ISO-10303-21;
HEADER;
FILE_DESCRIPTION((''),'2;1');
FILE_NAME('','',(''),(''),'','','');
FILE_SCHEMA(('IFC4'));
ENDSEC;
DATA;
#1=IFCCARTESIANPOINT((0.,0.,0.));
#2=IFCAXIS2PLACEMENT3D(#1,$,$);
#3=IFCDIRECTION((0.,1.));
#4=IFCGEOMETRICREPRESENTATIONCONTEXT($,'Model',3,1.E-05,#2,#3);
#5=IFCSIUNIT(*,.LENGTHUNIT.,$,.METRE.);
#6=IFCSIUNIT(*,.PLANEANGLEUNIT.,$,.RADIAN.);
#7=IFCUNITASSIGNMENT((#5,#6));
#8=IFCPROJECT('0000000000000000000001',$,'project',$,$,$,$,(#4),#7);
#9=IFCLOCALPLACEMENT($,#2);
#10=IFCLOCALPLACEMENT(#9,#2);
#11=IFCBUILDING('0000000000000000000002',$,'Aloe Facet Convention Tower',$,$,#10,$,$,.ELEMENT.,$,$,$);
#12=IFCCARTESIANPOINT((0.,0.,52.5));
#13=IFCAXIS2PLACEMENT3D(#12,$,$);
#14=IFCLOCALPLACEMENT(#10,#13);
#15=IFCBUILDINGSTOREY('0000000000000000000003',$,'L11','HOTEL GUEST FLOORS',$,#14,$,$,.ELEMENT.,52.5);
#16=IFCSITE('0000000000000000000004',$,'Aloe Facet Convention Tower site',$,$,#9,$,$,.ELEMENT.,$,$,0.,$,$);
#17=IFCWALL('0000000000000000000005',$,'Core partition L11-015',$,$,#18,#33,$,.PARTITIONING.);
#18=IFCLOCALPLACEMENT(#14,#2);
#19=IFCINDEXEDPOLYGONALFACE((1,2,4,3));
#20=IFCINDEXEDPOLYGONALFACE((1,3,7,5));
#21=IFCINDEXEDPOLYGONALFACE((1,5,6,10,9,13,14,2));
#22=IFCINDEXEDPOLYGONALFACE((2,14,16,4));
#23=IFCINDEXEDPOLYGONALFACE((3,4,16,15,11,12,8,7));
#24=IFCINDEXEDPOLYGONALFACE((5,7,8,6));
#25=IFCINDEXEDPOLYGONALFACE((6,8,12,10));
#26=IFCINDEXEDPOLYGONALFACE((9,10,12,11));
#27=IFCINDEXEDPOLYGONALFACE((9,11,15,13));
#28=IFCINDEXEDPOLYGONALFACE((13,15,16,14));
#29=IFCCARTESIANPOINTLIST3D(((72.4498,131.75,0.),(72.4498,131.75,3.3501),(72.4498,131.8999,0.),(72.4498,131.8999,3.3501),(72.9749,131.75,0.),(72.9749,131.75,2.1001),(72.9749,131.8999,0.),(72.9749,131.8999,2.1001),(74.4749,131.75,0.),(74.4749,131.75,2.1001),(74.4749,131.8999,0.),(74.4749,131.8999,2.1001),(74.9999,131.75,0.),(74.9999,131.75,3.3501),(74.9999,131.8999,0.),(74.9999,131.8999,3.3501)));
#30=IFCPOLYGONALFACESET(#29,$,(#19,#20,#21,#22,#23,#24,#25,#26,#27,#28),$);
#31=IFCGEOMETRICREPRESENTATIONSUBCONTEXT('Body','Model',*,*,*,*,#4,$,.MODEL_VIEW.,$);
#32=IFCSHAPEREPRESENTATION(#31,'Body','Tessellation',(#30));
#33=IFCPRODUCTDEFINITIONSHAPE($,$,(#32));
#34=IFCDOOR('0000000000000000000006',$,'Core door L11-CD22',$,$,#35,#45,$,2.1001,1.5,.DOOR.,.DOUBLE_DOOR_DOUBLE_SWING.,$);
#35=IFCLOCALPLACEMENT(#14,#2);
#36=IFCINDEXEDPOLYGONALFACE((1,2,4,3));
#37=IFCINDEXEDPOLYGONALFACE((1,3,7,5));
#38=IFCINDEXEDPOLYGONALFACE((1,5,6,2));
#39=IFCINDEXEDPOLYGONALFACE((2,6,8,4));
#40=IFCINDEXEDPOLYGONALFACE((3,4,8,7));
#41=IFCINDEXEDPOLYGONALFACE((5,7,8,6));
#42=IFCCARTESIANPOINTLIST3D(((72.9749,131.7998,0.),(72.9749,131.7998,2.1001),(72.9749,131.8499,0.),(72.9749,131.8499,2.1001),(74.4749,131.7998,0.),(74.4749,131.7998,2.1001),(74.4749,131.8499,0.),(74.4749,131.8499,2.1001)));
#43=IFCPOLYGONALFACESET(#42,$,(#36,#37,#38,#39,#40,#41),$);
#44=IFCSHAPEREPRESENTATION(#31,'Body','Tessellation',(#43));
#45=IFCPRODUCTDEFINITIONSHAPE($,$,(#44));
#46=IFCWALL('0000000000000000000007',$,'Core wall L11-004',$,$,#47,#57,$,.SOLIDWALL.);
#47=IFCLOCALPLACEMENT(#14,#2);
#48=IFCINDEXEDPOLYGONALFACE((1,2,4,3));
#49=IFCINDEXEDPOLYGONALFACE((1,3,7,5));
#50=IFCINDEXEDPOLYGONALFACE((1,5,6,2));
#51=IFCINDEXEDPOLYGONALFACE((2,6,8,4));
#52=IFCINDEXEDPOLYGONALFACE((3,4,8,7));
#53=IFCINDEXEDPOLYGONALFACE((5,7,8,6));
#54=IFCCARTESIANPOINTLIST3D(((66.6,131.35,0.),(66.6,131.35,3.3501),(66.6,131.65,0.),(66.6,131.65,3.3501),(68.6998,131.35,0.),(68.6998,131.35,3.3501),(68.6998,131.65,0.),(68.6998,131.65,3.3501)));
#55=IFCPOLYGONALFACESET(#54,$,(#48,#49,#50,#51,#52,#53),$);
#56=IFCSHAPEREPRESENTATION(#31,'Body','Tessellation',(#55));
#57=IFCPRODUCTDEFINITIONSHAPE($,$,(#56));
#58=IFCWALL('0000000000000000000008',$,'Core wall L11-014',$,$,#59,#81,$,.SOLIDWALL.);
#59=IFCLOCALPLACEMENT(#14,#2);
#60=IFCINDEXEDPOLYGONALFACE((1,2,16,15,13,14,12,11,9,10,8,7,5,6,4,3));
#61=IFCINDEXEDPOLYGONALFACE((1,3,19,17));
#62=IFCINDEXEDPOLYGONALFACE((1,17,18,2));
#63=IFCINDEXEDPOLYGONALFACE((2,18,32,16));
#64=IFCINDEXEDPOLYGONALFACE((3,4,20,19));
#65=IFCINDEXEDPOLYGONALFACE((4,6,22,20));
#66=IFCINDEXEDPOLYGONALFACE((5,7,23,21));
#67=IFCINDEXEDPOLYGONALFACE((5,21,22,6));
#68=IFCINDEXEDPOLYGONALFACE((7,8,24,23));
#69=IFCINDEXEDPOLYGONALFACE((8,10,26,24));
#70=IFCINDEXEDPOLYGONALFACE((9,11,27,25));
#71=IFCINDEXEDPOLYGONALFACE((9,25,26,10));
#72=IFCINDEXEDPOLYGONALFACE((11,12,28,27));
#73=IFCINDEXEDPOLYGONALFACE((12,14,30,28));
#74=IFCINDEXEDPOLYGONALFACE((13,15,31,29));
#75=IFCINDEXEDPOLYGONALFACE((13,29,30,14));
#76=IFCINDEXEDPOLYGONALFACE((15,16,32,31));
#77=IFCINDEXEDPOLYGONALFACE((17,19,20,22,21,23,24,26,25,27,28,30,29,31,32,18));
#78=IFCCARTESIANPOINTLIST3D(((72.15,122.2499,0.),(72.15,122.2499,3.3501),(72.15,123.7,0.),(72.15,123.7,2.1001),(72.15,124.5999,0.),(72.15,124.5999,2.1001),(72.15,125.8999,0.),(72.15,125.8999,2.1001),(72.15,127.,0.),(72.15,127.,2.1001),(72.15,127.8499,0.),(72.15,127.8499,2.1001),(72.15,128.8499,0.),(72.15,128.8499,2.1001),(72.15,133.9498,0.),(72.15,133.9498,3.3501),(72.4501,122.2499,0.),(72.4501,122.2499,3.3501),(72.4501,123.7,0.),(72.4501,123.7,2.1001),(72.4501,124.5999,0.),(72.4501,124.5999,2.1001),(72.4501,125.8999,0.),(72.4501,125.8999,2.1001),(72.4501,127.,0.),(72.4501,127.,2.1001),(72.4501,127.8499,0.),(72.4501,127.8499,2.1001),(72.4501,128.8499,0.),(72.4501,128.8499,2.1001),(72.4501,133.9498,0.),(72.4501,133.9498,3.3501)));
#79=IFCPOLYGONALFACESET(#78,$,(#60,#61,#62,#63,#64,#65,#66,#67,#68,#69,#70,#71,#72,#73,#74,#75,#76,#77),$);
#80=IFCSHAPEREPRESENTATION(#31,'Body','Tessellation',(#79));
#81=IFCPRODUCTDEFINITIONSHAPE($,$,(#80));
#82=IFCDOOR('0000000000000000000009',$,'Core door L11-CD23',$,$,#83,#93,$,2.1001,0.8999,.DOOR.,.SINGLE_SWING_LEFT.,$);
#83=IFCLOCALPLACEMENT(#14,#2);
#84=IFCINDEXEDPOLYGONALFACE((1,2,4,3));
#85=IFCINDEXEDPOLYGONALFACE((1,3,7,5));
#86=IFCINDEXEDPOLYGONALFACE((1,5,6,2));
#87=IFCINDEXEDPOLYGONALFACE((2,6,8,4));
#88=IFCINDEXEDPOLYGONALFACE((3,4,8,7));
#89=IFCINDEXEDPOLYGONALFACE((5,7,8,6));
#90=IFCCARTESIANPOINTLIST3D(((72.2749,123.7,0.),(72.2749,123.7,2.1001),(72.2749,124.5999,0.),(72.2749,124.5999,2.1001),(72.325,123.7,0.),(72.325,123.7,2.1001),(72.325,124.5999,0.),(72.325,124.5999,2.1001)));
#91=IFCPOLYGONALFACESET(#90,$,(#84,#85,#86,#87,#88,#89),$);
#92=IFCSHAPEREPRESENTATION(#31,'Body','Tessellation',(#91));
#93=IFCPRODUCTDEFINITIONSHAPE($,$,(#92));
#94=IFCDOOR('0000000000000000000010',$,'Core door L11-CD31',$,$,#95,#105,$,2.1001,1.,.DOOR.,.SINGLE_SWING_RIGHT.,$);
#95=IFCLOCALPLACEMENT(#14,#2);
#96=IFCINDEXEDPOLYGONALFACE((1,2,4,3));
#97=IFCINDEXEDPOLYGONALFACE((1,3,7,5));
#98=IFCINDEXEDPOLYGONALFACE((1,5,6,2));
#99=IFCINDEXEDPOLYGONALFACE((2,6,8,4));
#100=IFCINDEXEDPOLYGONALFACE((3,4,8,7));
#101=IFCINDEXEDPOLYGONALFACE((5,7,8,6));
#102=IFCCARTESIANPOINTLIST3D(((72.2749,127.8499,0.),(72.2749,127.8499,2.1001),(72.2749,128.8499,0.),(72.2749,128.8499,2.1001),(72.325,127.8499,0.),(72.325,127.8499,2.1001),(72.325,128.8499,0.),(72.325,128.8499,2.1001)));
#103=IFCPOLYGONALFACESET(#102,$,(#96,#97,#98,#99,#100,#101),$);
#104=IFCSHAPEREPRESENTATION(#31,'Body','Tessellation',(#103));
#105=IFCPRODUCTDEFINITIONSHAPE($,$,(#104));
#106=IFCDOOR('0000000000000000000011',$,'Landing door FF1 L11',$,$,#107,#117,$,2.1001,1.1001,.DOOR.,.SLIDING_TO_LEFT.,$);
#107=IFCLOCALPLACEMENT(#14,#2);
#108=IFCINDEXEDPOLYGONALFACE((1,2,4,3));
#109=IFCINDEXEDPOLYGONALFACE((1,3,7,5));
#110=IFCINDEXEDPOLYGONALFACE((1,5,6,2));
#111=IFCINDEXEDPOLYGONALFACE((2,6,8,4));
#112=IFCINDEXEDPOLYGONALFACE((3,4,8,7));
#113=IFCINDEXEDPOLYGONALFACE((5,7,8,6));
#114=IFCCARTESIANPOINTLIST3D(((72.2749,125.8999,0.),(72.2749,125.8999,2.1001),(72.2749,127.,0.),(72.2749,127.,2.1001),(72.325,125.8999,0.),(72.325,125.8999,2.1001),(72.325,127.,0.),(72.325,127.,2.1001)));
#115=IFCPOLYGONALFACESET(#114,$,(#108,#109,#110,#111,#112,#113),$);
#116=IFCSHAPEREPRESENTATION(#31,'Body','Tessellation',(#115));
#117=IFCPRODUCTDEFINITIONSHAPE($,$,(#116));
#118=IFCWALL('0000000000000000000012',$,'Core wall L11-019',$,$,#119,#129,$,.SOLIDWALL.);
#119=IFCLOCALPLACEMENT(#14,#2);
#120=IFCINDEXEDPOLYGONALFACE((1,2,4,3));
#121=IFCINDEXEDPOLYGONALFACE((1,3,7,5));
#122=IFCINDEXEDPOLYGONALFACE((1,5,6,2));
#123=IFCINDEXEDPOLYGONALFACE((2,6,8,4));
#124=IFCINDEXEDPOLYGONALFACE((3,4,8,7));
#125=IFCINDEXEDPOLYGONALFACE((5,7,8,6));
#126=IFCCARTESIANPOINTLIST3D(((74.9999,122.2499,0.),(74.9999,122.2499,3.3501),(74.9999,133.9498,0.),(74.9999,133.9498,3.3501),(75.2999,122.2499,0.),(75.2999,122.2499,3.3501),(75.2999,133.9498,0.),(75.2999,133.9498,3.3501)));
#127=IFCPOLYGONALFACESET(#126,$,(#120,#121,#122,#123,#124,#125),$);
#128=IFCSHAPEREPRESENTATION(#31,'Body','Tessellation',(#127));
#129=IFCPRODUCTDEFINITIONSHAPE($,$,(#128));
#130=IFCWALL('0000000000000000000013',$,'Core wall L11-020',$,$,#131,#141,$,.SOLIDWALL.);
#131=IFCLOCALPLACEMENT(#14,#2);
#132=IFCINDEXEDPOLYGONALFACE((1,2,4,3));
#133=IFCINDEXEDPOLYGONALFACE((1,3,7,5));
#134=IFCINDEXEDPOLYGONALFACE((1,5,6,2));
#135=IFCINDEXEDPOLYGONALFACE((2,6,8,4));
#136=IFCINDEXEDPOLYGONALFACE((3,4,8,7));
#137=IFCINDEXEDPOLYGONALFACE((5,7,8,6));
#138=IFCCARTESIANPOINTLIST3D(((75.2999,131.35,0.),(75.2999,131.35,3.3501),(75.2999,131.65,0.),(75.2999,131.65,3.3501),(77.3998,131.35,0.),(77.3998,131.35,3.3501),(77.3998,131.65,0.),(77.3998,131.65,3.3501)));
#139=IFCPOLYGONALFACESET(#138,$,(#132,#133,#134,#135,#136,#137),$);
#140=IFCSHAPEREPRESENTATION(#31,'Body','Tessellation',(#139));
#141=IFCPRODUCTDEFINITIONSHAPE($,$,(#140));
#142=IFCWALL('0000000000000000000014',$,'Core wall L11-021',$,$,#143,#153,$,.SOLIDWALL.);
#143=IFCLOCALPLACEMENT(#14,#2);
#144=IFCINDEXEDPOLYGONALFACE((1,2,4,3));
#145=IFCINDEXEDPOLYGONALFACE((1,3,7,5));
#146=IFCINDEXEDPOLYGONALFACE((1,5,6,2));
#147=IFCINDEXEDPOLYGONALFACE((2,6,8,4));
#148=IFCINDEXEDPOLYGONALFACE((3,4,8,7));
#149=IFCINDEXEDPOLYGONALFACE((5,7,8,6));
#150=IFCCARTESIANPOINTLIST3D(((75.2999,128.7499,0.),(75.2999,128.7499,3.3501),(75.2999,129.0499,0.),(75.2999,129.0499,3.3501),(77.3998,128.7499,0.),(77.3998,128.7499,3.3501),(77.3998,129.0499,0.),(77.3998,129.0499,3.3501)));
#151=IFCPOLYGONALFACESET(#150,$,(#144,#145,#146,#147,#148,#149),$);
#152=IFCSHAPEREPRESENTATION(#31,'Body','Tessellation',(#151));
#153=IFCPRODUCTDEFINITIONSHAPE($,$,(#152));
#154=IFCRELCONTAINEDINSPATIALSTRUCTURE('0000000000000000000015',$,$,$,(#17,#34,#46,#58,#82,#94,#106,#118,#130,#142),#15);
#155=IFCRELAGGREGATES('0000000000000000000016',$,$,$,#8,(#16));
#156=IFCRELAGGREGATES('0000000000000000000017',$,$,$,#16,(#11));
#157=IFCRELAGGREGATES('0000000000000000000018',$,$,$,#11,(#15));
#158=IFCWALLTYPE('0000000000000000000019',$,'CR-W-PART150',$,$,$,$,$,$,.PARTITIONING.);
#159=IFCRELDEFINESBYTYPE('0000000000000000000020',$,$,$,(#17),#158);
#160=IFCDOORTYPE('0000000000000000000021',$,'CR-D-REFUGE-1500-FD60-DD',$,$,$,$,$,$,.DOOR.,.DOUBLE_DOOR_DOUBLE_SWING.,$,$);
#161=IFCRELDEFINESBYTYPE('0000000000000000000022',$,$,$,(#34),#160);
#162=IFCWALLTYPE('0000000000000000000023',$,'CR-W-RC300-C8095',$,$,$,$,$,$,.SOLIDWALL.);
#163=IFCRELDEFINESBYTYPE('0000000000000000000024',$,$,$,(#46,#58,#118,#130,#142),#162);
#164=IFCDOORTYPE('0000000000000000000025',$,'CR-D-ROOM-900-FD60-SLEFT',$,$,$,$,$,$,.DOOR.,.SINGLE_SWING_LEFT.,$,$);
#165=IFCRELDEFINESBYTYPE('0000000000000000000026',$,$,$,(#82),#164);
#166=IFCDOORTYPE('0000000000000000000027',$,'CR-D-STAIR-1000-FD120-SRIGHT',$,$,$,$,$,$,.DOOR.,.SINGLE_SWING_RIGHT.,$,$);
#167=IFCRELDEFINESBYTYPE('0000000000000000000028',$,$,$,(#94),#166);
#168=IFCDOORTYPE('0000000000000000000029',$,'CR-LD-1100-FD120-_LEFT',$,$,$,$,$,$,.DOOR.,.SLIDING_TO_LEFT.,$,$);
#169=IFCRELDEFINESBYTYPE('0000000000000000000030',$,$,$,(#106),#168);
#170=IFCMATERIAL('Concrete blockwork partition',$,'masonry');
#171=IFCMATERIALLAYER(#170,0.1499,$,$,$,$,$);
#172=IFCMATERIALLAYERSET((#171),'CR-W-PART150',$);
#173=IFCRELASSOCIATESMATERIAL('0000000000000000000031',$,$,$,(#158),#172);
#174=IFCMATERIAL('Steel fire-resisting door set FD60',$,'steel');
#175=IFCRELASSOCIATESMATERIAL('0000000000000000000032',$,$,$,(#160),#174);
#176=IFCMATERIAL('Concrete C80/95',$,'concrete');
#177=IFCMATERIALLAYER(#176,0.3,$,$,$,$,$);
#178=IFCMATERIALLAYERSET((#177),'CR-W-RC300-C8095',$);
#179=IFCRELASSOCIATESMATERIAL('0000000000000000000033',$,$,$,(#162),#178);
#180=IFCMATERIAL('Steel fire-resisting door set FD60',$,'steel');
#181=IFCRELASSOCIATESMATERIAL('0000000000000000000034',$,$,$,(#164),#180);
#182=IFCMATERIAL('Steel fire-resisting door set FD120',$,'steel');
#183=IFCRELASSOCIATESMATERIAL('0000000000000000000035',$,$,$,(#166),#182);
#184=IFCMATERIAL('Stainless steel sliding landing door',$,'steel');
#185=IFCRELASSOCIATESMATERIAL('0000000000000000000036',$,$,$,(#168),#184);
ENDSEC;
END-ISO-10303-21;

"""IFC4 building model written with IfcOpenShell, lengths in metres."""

from ifc_helpers import new_model, si_unit, direction, frame, frame_2d, origin, place, context, subcontext, project, spatial, rectangle, extrude, material, layer, layer_set, type_object, element, fill, save


model = new_model("IFC4")

# Units and contexts
model_context = context("Model", 3, precision=1e-05, world=origin(), true_north=direction((0.0, 1.0)))
body_context = subcontext(model_context, "Body", "Model", "MODEL_VIEW")
ifc_project = project(units=[si_unit("LENGTHUNIT", "METRE"), si_unit("PLANEANGLEUNIT", "RADIAN")], contexts=[model_context])

# Site, building, storey
site_placement = place(None, origin())
site = spatial("IfcSite", under=ifc_project, at=site_placement, Name="Aloe Facet Convention Tower site", CompositionType="ELEMENT", RefElevation=0.0)
building_placement = place(site_placement, origin())
building = spatial("IfcBuilding", under=site, at=building_placement, Name="Aloe Facet Convention Tower", CompositionType="ELEMENT")
storey_placement = place(building_placement, frame((0.0, 0.0, 52.5)))
storey = spatial("IfcBuildingStorey", under=building, at=storey_placement, Name="L11", Description="HOTEL GUEST FLOORS", CompositionType="ELEMENT", Elevation=52.5)

# Wall, opening, door
ifc_material_1 = material(Name="Concrete blockwork partition", Category="masonry")
ifc_layer_1 = layer(ifc_material_1, 0.1499)
ifc_layer_set_1 = layer_set([ifc_layer_1], Name="CR-W-PART150")
wall_type_1 = type_object("IfcWallType", Name="CR-W-PART150", PredefinedType="PARTITIONING", material=ifc_layer_set_1)
wall_1_placement = place(storey_placement, frame((72.45, 131.825, 0.0), z_axis=(0.0, 0.0, 1.0), x_axis=(1.0, 0.0, 0.0)))
wall_1 = element("IfcWall", 1, at=wall_1_placement, inside=storey, type_object=wall_type_1, Name="Core partition L11-015", PredefinedType="PARTITIONING", context=body_context, shape_type="SweptSolid", body=[
    extrude(rectangle(XDim=2.55, YDim=0.1499, at=frame_2d((1.2749, 0.0))), origin(), (0.0, 0.0, 1.0), 3.3501),
])
opening_1_placement = place(wall_1_placement, frame((0.5249, 0.0, 0.0)))
opening_1 = element("IfcOpeningElement", 2, at=opening_1_placement, cuts=wall_1, PredefinedType="OPENING", context=body_context, shape_type="SweptSolid", body=[
    extrude(rectangle(XDim=1.5, YDim=2.1001, at=frame_2d((0.75, 1.05))), frame((0.0, 0.085, 0.0), z_axis=(0.0, -1.0, 0.0), x_axis=(1.0, 0.0, 0.0)), (0.0, 0.0, 1.0), 0.1699),
])
ifc_material_2 = material(Name="Steel fire-resisting door set FD60", Category="steel")
door_type_1 = type_object("IfcDoorType", Name="CR-D-REFUGE-1500-FD60-DD", OperationType="DOUBLE_DOOR_DOUBLE_SWING", PredefinedType="DOOR", material=ifc_material_2)
door_1_placement = place(opening_1_placement, origin())
door_1 = element("IfcDoor", 3, at=door_1_placement, inside=storey, type_object=door_type_1, Name="Core door L11-CD22", OperationType="DOUBLE_DOOR_DOUBLE_SWING", OverallHeight=2.1001, OverallWidth=1.5, PredefinedType="DOOR", context=body_context, shape_type="SweptSolid", body=[
    extrude(rectangle(XDim=1.5, YDim=2.1001, at=frame_2d((0.75, 1.05))), frame((0.0, 0.0249, 0.0), z_axis=(0.0, -1.0, 0.0), x_axis=(1.0, 0.0, 0.0)), (0.0, 0.0, 1.0), 0.05),
])
fill(opening_1, door_1)

# Wall
ifc_material_3 = material(Name="Concrete C80/95", Category="concrete")
ifc_layer_2 = layer(ifc_material_3, 0.3)
ifc_layer_set_2 = layer_set([ifc_layer_2], Name="CR-W-RC300-C8095")
wall_type_2 = type_object("IfcWallType", Name="CR-W-RC300-C8095", PredefinedType="SOLIDWALL", material=ifc_layer_set_2)
wall_2_placement = place(storey_placement, frame((66.6001, 131.5, 0.0), z_axis=(0.0, 0.0, 1.0), x_axis=(1.0, 0.0, 0.0)))
element("IfcWall", 4, at=wall_2_placement, inside=storey, type_object=wall_type_2, Name="Core wall L11-004", PredefinedType="SOLIDWALL", context=body_context, shape_type="SweptSolid", body=[
    extrude(rectangle(XDim=2.0999, YDim=0.3, at=frame_2d((1.0498, 0.0))), origin(), (0.0, 0.0, 1.0), 3.3501),
])

# Wall, openings, doors
wall_3_placement = place(storey_placement, frame((72.3, 133.95, 0.0), z_axis=(0.0, 0.0, 1.0), x_axis=(0.0, -1.0, 0.0)))
wall_3 = element("IfcWall", 5, at=wall_3_placement, inside=storey, type_object=wall_type_2, Name="Core wall L11-014", PredefinedType="SOLIDWALL", context=body_context, shape_type="SweptSolid", body=[
    extrude(rectangle(XDim=11.7, YDim=0.3, at=frame_2d((5.8501, 0.0))), origin(), (0.0, 0.0, 1.0), 3.3501),
])
opening_2_placement = place(wall_3_placement, frame((6.95, 0.0, 0.0)))
opening_2 = element("IfcOpeningElement", 6, at=opening_2_placement, cuts=wall_3, PredefinedType="OPENING", context=body_context, shape_type="SweptSolid", body=[
    extrude(rectangle(XDim=1.1001, YDim=2.1001, at=frame_2d((0.55, 1.05))), frame((0.0, 0.1602, 0.0), z_axis=(0.0, -1.0, 0.0), x_axis=(1.0, 0.0, 0.0)), (0.0, 0.0, 1.0), 0.3201),
])
opening_3_placement = place(wall_3_placement, frame((9.3501, 0.0, 0.0)))
opening_3 = element("IfcOpeningElement", 7, at=opening_3_placement, cuts=wall_3, PredefinedType="OPENING", context=body_context, shape_type="SweptSolid", body=[
    extrude(rectangle(XDim=0.8999, YDim=2.1001, at=frame_2d((0.45, 1.05))), frame((0.0, 0.1602, 0.0), z_axis=(0.0, -1.0, 0.0), x_axis=(1.0, 0.0, 0.0)), (0.0, 0.0, 1.0), 0.3201),
])
opening_4_placement = place(wall_3_placement, frame((5.1001, 0.0, 0.0)))
opening_4 = element("IfcOpeningElement", 8, at=opening_4_placement, cuts=wall_3, PredefinedType="OPENING", context=body_context, shape_type="SweptSolid", body=[
    extrude(rectangle(XDim=1.0, YDim=2.1001, at=frame_2d((0.5, 1.05))), frame((0.0, 0.1602, 0.0), z_axis=(0.0, -1.0, 0.0), x_axis=(1.0, 0.0, 0.0)), (0.0, 0.0, 1.0), 0.3201),
])
ifc_material_4 = material(Name="Steel fire-resisting door set FD60", Category="steel")
door_type_2 = type_object("IfcDoorType", Name="CR-D-ROOM-900-FD60-SLEFT", OperationType="SINGLE_SWING_LEFT", PredefinedType="DOOR", material=ifc_material_4)
door_2_placement = place(opening_3_placement, origin())
door_2 = element("IfcDoor", 9, at=door_2_placement, inside=storey, type_object=door_type_2, Name="Core door L11-CD23", OperationType="SINGLE_SWING_LEFT", OverallHeight=2.1001, OverallWidth=0.8999, PredefinedType="DOOR", context=body_context, shape_type="SweptSolid", body=[
    extrude(rectangle(XDim=0.8999, YDim=2.1001, at=frame_2d((0.45, 1.05))), frame((0.0, 0.0249, 0.0), z_axis=(0.0, -1.0, 0.0), x_axis=(1.0, 0.0, 0.0)), (0.0, 0.0, 1.0), 0.05),
])
fill(opening_3, door_2)
ifc_material_5 = material(Name="Steel fire-resisting door set FD120", Category="steel")
door_type_3 = type_object("IfcDoorType", Name="CR-D-STAIR-1000-FD120-SRIGHT", OperationType="SINGLE_SWING_RIGHT", PredefinedType="DOOR", material=ifc_material_5)
door_3_placement = place(opening_4_placement, origin())
door_3 = element("IfcDoor", 10, at=door_3_placement, inside=storey, type_object=door_type_3, Name="Core door L11-CD31", OperationType="SINGLE_SWING_RIGHT", OverallHeight=2.1001, OverallWidth=1.0, PredefinedType="DOOR", context=body_context, shape_type="SweptSolid", body=[
    extrude(rectangle(XDim=1.0, YDim=2.1001, at=frame_2d((0.5, 1.05))), frame((0.0, 0.0249, 0.0), z_axis=(0.0, -1.0, 0.0), x_axis=(1.0, 0.0, 0.0)), (0.0, 0.0, 1.0), 0.05),
])
fill(opening_4, door_3)
ifc_material_6 = material(Name="Stainless steel sliding landing door", Category="steel")
door_type_4 = type_object("IfcDoorType", Name="CR-LD-1100-FD120-_LEFT", OperationType="SLIDING_TO_LEFT", PredefinedType="DOOR", material=ifc_material_6)
door_4_placement = place(opening_2_placement, origin())
door_4 = element("IfcDoor", 11, at=door_4_placement, inside=storey, type_object=door_type_4, Name="Landing door FF1 L11", OperationType="SLIDING_TO_LEFT", OverallHeight=2.1001, OverallWidth=1.1001, PredefinedType="DOOR", context=body_context, shape_type="SweptSolid", body=[
    extrude(rectangle(XDim=1.1001, YDim=2.1001, at=frame_2d((0.55, 1.05))), frame((0.0, 0.0249, 0.0), z_axis=(0.0, -1.0, 0.0), x_axis=(1.0, 0.0, 0.0)), (0.0, 0.0, 1.0), 0.05),
])
fill(opening_2, door_4)

# Walls
wall_4_placement = place(storey_placement, frame((75.1499, 133.95, 0.0), z_axis=(0.0, 0.0, 1.0), x_axis=(0.0, -1.0, 0.0)))
element("IfcWall", 12, at=wall_4_placement, inside=storey, type_object=wall_type_2, Name="Core wall L11-019", PredefinedType="SOLIDWALL", context=body_context, shape_type="SweptSolid", body=[
    extrude(rectangle(XDim=11.7, YDim=0.3, at=frame_2d((5.8501, 0.0))), origin(), (0.0, 0.0, 1.0), 3.3501),
])
for number, where, z_axis, x_axis, name in (
    (13, (75.3, 131.5, 0.0), (0.0, 0.0, 1.0), (1.0, 0.0, 0.0), "Core wall L11-020"),
    (14, (75.3, 128.8999, 0.0), (0.0, 0.0, 1.0), (1.0, 0.0, 0.0), "Core wall L11-021"),
):
    element("IfcWall", number, at=place(storey_placement, frame(where, z_axis=z_axis, x_axis=x_axis)), inside=storey, type_object=wall_type_2, Name=name, PredefinedType="SOLIDWALL", context=body_context, shape_type="SweptSolid", body=[
        extrude(rectangle(XDim=2.0999, YDim=0.3, at=frame_2d((1.0498, 0.0))), origin(), (0.0, 0.0, 1.0), 3.3501),
    ])

save(model, "model.ifc")
